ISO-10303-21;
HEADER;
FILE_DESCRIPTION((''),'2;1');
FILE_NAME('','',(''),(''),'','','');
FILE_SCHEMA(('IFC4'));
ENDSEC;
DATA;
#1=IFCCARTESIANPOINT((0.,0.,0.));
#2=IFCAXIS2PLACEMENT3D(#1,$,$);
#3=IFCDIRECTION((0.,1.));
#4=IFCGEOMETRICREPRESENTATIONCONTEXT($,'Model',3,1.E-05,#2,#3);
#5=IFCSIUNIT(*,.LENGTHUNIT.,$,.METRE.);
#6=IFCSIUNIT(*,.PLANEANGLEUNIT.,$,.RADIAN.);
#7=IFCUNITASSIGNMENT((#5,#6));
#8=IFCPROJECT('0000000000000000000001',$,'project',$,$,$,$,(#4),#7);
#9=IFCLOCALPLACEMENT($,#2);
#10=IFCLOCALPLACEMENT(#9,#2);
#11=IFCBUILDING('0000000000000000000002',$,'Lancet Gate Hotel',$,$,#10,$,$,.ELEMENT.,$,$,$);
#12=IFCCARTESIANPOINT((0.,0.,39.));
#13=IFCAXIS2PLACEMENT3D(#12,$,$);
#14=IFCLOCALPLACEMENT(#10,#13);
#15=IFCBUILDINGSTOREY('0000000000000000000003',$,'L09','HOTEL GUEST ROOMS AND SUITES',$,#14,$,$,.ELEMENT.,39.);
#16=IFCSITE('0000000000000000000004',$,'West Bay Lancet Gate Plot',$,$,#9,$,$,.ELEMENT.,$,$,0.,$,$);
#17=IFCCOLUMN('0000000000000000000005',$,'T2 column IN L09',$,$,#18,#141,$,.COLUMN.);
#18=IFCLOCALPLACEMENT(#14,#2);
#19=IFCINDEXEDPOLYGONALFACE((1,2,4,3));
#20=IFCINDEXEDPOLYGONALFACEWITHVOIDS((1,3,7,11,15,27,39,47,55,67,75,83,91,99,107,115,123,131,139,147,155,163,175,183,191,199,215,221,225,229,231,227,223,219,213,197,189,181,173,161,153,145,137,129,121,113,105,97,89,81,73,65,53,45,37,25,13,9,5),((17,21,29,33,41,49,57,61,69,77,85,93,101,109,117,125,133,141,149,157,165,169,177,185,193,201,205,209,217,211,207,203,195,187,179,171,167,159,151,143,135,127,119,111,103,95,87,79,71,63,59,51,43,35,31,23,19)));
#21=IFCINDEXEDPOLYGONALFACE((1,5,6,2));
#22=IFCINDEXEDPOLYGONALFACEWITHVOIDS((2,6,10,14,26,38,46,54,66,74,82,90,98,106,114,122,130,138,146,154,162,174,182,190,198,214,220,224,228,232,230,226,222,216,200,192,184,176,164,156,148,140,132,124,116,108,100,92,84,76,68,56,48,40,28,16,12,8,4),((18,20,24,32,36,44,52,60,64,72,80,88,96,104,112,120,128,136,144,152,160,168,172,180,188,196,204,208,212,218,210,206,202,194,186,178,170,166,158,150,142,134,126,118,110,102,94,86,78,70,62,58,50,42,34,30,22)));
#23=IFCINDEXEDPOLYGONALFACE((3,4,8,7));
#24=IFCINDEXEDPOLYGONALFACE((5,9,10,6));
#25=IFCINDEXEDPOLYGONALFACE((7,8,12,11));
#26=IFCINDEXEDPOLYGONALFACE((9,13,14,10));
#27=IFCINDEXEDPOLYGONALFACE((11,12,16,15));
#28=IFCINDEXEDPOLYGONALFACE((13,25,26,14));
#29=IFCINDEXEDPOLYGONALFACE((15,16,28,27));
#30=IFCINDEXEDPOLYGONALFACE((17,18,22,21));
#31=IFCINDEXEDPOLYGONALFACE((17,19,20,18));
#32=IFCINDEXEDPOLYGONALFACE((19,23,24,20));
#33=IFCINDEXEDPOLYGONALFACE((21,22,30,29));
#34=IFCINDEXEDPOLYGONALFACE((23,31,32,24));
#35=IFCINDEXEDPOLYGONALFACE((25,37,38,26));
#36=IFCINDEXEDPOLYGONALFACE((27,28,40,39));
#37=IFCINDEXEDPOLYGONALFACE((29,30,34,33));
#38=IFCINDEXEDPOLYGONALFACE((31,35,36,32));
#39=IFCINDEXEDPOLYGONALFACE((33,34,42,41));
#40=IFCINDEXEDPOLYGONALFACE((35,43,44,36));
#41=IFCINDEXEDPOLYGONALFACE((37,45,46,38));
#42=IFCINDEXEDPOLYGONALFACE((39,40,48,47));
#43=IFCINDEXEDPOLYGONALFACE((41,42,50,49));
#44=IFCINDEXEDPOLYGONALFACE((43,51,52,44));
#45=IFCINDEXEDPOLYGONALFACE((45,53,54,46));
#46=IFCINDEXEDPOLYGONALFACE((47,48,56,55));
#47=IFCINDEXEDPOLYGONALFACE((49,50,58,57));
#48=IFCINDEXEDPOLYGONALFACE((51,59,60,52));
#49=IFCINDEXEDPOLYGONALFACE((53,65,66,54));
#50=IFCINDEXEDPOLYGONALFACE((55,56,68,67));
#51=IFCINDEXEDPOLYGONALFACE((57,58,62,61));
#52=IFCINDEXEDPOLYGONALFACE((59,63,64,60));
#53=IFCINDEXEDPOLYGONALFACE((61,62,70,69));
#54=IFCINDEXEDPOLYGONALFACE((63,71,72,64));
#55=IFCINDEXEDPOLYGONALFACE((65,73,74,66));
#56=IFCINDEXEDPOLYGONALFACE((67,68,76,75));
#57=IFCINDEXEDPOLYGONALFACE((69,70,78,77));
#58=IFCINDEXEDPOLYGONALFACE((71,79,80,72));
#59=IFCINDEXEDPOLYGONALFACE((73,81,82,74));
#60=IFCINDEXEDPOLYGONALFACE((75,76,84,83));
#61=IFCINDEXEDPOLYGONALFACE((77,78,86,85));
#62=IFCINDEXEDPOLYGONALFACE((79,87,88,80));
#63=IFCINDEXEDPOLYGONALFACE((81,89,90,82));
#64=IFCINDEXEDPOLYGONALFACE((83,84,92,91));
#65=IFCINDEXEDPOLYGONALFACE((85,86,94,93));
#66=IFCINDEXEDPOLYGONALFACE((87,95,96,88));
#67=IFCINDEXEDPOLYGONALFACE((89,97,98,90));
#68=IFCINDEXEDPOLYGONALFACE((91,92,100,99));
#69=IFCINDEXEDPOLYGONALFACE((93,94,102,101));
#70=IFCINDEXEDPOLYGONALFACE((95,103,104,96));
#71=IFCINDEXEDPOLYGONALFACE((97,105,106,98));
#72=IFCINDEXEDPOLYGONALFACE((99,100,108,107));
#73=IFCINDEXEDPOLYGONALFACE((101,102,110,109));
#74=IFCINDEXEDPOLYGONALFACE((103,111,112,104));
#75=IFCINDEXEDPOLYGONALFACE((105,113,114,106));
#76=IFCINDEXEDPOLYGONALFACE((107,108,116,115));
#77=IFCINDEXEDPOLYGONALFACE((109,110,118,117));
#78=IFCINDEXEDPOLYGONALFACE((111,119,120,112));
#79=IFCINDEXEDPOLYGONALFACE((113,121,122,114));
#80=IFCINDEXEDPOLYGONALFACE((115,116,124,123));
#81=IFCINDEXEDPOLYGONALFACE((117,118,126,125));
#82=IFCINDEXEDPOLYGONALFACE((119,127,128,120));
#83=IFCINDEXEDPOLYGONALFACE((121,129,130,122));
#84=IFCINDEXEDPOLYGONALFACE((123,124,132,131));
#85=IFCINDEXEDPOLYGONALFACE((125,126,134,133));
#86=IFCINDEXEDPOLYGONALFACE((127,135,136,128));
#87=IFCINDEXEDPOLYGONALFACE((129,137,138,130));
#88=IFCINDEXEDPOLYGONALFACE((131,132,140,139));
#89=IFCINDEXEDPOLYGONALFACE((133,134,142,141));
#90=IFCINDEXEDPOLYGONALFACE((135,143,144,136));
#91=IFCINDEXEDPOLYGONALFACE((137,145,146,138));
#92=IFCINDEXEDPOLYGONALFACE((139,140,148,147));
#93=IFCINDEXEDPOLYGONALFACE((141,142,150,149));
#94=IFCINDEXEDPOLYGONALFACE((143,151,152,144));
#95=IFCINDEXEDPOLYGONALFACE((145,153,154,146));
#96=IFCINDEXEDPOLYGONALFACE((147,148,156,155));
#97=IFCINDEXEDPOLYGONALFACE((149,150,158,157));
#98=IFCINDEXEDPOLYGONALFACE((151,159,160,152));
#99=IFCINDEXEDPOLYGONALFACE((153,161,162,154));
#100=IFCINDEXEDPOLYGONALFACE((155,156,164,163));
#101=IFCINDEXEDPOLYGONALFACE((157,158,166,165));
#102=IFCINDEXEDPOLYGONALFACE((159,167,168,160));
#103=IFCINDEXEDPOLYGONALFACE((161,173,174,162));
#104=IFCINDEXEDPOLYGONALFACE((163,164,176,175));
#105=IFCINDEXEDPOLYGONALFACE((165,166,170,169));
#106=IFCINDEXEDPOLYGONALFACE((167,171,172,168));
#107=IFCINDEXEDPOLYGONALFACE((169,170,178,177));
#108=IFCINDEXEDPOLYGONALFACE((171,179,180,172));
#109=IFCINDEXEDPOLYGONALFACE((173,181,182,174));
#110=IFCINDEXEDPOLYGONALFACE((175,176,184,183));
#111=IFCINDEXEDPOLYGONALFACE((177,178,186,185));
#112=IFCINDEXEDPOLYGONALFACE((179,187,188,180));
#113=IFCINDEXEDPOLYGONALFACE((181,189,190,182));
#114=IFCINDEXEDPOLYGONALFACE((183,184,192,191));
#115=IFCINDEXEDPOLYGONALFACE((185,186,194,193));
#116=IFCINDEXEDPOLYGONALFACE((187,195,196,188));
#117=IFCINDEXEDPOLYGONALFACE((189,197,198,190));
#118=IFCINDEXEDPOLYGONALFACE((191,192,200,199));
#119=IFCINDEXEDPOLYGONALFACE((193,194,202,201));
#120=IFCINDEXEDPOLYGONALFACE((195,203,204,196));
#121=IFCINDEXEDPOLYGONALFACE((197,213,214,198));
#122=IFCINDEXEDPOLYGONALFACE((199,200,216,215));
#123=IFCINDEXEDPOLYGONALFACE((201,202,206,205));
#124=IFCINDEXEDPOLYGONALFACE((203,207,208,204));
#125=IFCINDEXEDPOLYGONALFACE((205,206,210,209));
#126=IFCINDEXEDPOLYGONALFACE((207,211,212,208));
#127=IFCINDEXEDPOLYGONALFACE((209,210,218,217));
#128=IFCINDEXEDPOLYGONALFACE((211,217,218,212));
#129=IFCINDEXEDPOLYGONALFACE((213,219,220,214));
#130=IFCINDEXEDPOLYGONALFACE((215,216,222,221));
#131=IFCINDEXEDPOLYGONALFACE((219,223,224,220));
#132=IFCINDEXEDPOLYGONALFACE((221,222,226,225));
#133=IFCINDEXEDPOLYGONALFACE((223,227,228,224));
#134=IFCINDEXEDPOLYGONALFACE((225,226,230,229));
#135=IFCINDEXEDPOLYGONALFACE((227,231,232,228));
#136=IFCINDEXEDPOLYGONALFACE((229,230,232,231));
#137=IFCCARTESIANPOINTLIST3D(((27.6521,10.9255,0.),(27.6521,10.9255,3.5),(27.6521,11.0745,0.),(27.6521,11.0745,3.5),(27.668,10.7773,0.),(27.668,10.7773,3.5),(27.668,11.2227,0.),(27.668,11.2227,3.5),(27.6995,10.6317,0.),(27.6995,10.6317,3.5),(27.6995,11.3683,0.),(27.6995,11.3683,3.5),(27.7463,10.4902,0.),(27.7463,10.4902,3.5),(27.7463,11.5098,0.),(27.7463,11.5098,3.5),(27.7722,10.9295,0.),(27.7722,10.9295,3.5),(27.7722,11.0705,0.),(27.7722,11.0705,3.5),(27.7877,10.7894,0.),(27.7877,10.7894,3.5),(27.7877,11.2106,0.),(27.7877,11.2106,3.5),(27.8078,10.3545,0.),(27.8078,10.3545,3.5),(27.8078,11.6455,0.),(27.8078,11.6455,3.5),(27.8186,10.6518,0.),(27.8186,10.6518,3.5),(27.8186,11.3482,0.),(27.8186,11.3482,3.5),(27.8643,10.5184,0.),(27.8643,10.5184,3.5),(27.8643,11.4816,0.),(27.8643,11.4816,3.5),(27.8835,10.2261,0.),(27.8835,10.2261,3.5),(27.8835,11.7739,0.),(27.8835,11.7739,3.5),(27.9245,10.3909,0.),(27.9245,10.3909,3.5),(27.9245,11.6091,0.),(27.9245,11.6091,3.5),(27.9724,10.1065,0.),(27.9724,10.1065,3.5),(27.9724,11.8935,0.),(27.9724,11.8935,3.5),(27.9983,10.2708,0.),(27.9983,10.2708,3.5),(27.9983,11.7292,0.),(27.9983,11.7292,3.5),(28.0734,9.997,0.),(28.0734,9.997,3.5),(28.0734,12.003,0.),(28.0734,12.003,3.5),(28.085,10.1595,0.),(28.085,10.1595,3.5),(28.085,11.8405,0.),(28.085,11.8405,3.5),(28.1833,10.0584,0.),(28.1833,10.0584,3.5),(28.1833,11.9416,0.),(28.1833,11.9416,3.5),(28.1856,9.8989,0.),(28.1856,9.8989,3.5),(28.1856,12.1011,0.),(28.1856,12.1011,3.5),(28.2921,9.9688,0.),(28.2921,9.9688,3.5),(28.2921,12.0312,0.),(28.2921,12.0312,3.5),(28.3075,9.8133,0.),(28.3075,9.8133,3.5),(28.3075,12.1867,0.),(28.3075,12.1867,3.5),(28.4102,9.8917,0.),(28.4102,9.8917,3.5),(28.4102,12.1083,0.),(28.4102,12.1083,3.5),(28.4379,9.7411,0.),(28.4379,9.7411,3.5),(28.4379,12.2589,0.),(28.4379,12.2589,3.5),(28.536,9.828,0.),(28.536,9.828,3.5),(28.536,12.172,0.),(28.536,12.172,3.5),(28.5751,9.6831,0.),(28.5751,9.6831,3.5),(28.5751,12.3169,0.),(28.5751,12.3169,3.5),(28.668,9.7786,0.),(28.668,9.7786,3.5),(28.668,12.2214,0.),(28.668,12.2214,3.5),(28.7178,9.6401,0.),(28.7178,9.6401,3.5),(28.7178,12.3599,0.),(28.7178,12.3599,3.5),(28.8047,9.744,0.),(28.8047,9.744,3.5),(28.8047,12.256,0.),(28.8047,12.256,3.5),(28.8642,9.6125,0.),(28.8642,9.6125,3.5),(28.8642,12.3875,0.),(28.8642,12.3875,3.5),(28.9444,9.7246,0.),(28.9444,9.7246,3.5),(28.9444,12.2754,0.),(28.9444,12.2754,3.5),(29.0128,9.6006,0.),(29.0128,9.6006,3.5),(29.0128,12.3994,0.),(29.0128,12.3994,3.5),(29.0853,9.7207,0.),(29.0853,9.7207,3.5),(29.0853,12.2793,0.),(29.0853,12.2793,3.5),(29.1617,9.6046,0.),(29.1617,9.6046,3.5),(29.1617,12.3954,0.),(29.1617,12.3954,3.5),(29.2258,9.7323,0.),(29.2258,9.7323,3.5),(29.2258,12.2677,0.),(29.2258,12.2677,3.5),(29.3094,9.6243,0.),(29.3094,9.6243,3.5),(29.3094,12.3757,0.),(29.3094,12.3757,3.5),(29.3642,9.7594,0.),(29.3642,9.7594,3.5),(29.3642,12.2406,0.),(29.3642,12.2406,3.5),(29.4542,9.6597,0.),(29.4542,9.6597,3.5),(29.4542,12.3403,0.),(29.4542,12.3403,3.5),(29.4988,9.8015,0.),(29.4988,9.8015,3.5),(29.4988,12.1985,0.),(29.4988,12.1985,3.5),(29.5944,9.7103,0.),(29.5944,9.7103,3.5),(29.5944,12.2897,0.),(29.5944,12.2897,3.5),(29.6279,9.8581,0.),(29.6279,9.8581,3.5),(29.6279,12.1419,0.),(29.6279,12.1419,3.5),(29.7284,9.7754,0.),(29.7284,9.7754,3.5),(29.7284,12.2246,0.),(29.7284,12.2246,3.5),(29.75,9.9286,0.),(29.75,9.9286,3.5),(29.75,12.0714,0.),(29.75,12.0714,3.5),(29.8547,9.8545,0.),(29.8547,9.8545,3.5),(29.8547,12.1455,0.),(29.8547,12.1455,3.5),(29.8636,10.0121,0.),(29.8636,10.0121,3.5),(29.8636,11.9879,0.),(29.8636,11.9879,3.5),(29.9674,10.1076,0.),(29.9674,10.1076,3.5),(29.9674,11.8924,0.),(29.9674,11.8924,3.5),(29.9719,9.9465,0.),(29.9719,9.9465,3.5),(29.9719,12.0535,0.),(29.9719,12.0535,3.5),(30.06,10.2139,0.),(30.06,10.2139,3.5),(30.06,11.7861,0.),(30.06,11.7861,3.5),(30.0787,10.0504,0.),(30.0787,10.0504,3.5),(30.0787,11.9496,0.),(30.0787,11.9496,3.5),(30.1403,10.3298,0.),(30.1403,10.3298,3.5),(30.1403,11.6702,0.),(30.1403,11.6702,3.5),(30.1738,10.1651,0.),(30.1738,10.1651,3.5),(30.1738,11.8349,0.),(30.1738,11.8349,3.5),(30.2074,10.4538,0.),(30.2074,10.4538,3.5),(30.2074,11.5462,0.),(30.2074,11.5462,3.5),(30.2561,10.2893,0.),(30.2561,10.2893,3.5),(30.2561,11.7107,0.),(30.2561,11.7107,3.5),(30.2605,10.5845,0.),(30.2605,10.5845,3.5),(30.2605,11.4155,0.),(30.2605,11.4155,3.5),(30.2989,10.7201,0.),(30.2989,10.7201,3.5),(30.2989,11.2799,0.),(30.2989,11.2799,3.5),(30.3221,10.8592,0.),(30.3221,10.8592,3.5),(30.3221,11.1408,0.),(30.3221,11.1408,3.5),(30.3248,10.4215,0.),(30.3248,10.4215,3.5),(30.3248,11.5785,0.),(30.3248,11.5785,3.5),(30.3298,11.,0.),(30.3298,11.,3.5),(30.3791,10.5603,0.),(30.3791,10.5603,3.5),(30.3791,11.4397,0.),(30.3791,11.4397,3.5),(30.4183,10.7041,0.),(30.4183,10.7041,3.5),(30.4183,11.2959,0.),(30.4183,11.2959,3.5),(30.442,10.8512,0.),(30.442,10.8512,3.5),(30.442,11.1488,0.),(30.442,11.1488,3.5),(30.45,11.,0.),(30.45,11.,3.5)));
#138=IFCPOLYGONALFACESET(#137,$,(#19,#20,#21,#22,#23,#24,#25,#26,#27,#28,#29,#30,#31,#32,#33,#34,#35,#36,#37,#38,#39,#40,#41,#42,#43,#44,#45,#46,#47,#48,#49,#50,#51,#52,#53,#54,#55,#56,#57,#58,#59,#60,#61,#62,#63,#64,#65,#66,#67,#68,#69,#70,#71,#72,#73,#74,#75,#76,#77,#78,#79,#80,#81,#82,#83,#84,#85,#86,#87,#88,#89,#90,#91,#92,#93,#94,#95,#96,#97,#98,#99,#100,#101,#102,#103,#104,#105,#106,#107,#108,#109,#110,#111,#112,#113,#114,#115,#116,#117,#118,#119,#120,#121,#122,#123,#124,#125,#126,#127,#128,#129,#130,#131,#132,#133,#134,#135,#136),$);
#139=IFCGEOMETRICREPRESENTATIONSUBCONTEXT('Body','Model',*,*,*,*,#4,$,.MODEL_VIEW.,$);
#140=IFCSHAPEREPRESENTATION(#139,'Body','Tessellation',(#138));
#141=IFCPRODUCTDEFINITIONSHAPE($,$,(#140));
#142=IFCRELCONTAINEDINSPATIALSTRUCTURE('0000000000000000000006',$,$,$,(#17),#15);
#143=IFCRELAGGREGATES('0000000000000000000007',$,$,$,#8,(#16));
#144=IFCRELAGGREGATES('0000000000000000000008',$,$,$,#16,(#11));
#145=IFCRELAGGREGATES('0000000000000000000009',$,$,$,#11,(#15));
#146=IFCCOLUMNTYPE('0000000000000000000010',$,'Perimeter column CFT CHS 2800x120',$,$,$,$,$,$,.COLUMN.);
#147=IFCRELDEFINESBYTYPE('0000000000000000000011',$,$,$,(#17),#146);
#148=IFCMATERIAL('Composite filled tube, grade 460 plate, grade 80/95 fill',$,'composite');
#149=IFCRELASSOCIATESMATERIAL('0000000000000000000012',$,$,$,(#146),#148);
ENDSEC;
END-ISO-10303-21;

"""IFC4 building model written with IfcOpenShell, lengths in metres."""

from ifc_helpers import new_model, si_unit, direction, frame, origin, origin_2d, place, context, subcontext, project, spatial, hollow_circle, extrude, material, material_profile, profile_set, type_object, element, save


model = new_model("IFC4")

# Units and contexts
model_context = context("Model", 3, precision=1e-05, world=origin(), true_north=direction((0.0, 1.0)))
body_context = subcontext(model_context, "Body", "Model", "MODEL_VIEW")
ifc_project = project(units=[si_unit("LENGTHUNIT", "METRE"), si_unit("PLANEANGLEUNIT", "RADIAN")], contexts=[model_context])

# Site, building, storey
site_placement = place(None, origin())
site = spatial("IfcSite", under=ifc_project, at=site_placement, Name="West Bay Lancet Gate Plot", CompositionType="ELEMENT", RefElevation=0.0)
building_placement = place(site_placement, origin())
building = spatial("IfcBuilding", under=site, at=building_placement, Name="Lancet Gate Hotel", CompositionType="ELEMENT")
storey_placement = place(building_placement, frame((0.0, 0.0, 39.0)))
storey = spatial("IfcBuildingStorey", under=building, at=storey_placement, Name="L09", Description="HOTEL GUEST ROOMS AND SUITES", CompositionType="ELEMENT", Elevation=39.0)

# Column
ifc_material_1 = material(Name="Composite filled tube, grade 460 plate, grade 80/95 fill", Category="composite")
ifc_material_profile_1 = material_profile(ifc_material_1, hollow_circle(Radius=1.3999, WallThickness=0.1201, at=origin_2d()), Name="CHS 2800x120")
ifc_profile_set_1 = profile_set([ifc_material_profile_1], Name="Composite filled tube, grade 460 plate, grade 80/95 fill")
column_type = type_object("IfcColumnType", Name="Perimeter column CFT CHS 2800x120", PredefinedType="COLUMN", material=ifc_profile_set_1)
for number, where, z_axis, x_axis, name in (
    (1, (29.05, 11.0, 0.0), (0.0, 0.0, 1.0), (1.0, 0.0, 0.0), "T2 column IN L09"),
):
    element("IfcColumn", number, at=place(storey_placement, frame(where, z_axis=z_axis, x_axis=x_axis)), inside=storey, type_object=column_type, Name=name, PredefinedType="COLUMN", context=body_context, shape_type="SweptSolid", body=[
        extrude(hollow_circle(Radius=1.3999, WallThickness=0.1201, at=origin_2d()), origin(), (0.0, 0.0, 1.0), 3.5),
    ])

save(model, "model.ifc")
